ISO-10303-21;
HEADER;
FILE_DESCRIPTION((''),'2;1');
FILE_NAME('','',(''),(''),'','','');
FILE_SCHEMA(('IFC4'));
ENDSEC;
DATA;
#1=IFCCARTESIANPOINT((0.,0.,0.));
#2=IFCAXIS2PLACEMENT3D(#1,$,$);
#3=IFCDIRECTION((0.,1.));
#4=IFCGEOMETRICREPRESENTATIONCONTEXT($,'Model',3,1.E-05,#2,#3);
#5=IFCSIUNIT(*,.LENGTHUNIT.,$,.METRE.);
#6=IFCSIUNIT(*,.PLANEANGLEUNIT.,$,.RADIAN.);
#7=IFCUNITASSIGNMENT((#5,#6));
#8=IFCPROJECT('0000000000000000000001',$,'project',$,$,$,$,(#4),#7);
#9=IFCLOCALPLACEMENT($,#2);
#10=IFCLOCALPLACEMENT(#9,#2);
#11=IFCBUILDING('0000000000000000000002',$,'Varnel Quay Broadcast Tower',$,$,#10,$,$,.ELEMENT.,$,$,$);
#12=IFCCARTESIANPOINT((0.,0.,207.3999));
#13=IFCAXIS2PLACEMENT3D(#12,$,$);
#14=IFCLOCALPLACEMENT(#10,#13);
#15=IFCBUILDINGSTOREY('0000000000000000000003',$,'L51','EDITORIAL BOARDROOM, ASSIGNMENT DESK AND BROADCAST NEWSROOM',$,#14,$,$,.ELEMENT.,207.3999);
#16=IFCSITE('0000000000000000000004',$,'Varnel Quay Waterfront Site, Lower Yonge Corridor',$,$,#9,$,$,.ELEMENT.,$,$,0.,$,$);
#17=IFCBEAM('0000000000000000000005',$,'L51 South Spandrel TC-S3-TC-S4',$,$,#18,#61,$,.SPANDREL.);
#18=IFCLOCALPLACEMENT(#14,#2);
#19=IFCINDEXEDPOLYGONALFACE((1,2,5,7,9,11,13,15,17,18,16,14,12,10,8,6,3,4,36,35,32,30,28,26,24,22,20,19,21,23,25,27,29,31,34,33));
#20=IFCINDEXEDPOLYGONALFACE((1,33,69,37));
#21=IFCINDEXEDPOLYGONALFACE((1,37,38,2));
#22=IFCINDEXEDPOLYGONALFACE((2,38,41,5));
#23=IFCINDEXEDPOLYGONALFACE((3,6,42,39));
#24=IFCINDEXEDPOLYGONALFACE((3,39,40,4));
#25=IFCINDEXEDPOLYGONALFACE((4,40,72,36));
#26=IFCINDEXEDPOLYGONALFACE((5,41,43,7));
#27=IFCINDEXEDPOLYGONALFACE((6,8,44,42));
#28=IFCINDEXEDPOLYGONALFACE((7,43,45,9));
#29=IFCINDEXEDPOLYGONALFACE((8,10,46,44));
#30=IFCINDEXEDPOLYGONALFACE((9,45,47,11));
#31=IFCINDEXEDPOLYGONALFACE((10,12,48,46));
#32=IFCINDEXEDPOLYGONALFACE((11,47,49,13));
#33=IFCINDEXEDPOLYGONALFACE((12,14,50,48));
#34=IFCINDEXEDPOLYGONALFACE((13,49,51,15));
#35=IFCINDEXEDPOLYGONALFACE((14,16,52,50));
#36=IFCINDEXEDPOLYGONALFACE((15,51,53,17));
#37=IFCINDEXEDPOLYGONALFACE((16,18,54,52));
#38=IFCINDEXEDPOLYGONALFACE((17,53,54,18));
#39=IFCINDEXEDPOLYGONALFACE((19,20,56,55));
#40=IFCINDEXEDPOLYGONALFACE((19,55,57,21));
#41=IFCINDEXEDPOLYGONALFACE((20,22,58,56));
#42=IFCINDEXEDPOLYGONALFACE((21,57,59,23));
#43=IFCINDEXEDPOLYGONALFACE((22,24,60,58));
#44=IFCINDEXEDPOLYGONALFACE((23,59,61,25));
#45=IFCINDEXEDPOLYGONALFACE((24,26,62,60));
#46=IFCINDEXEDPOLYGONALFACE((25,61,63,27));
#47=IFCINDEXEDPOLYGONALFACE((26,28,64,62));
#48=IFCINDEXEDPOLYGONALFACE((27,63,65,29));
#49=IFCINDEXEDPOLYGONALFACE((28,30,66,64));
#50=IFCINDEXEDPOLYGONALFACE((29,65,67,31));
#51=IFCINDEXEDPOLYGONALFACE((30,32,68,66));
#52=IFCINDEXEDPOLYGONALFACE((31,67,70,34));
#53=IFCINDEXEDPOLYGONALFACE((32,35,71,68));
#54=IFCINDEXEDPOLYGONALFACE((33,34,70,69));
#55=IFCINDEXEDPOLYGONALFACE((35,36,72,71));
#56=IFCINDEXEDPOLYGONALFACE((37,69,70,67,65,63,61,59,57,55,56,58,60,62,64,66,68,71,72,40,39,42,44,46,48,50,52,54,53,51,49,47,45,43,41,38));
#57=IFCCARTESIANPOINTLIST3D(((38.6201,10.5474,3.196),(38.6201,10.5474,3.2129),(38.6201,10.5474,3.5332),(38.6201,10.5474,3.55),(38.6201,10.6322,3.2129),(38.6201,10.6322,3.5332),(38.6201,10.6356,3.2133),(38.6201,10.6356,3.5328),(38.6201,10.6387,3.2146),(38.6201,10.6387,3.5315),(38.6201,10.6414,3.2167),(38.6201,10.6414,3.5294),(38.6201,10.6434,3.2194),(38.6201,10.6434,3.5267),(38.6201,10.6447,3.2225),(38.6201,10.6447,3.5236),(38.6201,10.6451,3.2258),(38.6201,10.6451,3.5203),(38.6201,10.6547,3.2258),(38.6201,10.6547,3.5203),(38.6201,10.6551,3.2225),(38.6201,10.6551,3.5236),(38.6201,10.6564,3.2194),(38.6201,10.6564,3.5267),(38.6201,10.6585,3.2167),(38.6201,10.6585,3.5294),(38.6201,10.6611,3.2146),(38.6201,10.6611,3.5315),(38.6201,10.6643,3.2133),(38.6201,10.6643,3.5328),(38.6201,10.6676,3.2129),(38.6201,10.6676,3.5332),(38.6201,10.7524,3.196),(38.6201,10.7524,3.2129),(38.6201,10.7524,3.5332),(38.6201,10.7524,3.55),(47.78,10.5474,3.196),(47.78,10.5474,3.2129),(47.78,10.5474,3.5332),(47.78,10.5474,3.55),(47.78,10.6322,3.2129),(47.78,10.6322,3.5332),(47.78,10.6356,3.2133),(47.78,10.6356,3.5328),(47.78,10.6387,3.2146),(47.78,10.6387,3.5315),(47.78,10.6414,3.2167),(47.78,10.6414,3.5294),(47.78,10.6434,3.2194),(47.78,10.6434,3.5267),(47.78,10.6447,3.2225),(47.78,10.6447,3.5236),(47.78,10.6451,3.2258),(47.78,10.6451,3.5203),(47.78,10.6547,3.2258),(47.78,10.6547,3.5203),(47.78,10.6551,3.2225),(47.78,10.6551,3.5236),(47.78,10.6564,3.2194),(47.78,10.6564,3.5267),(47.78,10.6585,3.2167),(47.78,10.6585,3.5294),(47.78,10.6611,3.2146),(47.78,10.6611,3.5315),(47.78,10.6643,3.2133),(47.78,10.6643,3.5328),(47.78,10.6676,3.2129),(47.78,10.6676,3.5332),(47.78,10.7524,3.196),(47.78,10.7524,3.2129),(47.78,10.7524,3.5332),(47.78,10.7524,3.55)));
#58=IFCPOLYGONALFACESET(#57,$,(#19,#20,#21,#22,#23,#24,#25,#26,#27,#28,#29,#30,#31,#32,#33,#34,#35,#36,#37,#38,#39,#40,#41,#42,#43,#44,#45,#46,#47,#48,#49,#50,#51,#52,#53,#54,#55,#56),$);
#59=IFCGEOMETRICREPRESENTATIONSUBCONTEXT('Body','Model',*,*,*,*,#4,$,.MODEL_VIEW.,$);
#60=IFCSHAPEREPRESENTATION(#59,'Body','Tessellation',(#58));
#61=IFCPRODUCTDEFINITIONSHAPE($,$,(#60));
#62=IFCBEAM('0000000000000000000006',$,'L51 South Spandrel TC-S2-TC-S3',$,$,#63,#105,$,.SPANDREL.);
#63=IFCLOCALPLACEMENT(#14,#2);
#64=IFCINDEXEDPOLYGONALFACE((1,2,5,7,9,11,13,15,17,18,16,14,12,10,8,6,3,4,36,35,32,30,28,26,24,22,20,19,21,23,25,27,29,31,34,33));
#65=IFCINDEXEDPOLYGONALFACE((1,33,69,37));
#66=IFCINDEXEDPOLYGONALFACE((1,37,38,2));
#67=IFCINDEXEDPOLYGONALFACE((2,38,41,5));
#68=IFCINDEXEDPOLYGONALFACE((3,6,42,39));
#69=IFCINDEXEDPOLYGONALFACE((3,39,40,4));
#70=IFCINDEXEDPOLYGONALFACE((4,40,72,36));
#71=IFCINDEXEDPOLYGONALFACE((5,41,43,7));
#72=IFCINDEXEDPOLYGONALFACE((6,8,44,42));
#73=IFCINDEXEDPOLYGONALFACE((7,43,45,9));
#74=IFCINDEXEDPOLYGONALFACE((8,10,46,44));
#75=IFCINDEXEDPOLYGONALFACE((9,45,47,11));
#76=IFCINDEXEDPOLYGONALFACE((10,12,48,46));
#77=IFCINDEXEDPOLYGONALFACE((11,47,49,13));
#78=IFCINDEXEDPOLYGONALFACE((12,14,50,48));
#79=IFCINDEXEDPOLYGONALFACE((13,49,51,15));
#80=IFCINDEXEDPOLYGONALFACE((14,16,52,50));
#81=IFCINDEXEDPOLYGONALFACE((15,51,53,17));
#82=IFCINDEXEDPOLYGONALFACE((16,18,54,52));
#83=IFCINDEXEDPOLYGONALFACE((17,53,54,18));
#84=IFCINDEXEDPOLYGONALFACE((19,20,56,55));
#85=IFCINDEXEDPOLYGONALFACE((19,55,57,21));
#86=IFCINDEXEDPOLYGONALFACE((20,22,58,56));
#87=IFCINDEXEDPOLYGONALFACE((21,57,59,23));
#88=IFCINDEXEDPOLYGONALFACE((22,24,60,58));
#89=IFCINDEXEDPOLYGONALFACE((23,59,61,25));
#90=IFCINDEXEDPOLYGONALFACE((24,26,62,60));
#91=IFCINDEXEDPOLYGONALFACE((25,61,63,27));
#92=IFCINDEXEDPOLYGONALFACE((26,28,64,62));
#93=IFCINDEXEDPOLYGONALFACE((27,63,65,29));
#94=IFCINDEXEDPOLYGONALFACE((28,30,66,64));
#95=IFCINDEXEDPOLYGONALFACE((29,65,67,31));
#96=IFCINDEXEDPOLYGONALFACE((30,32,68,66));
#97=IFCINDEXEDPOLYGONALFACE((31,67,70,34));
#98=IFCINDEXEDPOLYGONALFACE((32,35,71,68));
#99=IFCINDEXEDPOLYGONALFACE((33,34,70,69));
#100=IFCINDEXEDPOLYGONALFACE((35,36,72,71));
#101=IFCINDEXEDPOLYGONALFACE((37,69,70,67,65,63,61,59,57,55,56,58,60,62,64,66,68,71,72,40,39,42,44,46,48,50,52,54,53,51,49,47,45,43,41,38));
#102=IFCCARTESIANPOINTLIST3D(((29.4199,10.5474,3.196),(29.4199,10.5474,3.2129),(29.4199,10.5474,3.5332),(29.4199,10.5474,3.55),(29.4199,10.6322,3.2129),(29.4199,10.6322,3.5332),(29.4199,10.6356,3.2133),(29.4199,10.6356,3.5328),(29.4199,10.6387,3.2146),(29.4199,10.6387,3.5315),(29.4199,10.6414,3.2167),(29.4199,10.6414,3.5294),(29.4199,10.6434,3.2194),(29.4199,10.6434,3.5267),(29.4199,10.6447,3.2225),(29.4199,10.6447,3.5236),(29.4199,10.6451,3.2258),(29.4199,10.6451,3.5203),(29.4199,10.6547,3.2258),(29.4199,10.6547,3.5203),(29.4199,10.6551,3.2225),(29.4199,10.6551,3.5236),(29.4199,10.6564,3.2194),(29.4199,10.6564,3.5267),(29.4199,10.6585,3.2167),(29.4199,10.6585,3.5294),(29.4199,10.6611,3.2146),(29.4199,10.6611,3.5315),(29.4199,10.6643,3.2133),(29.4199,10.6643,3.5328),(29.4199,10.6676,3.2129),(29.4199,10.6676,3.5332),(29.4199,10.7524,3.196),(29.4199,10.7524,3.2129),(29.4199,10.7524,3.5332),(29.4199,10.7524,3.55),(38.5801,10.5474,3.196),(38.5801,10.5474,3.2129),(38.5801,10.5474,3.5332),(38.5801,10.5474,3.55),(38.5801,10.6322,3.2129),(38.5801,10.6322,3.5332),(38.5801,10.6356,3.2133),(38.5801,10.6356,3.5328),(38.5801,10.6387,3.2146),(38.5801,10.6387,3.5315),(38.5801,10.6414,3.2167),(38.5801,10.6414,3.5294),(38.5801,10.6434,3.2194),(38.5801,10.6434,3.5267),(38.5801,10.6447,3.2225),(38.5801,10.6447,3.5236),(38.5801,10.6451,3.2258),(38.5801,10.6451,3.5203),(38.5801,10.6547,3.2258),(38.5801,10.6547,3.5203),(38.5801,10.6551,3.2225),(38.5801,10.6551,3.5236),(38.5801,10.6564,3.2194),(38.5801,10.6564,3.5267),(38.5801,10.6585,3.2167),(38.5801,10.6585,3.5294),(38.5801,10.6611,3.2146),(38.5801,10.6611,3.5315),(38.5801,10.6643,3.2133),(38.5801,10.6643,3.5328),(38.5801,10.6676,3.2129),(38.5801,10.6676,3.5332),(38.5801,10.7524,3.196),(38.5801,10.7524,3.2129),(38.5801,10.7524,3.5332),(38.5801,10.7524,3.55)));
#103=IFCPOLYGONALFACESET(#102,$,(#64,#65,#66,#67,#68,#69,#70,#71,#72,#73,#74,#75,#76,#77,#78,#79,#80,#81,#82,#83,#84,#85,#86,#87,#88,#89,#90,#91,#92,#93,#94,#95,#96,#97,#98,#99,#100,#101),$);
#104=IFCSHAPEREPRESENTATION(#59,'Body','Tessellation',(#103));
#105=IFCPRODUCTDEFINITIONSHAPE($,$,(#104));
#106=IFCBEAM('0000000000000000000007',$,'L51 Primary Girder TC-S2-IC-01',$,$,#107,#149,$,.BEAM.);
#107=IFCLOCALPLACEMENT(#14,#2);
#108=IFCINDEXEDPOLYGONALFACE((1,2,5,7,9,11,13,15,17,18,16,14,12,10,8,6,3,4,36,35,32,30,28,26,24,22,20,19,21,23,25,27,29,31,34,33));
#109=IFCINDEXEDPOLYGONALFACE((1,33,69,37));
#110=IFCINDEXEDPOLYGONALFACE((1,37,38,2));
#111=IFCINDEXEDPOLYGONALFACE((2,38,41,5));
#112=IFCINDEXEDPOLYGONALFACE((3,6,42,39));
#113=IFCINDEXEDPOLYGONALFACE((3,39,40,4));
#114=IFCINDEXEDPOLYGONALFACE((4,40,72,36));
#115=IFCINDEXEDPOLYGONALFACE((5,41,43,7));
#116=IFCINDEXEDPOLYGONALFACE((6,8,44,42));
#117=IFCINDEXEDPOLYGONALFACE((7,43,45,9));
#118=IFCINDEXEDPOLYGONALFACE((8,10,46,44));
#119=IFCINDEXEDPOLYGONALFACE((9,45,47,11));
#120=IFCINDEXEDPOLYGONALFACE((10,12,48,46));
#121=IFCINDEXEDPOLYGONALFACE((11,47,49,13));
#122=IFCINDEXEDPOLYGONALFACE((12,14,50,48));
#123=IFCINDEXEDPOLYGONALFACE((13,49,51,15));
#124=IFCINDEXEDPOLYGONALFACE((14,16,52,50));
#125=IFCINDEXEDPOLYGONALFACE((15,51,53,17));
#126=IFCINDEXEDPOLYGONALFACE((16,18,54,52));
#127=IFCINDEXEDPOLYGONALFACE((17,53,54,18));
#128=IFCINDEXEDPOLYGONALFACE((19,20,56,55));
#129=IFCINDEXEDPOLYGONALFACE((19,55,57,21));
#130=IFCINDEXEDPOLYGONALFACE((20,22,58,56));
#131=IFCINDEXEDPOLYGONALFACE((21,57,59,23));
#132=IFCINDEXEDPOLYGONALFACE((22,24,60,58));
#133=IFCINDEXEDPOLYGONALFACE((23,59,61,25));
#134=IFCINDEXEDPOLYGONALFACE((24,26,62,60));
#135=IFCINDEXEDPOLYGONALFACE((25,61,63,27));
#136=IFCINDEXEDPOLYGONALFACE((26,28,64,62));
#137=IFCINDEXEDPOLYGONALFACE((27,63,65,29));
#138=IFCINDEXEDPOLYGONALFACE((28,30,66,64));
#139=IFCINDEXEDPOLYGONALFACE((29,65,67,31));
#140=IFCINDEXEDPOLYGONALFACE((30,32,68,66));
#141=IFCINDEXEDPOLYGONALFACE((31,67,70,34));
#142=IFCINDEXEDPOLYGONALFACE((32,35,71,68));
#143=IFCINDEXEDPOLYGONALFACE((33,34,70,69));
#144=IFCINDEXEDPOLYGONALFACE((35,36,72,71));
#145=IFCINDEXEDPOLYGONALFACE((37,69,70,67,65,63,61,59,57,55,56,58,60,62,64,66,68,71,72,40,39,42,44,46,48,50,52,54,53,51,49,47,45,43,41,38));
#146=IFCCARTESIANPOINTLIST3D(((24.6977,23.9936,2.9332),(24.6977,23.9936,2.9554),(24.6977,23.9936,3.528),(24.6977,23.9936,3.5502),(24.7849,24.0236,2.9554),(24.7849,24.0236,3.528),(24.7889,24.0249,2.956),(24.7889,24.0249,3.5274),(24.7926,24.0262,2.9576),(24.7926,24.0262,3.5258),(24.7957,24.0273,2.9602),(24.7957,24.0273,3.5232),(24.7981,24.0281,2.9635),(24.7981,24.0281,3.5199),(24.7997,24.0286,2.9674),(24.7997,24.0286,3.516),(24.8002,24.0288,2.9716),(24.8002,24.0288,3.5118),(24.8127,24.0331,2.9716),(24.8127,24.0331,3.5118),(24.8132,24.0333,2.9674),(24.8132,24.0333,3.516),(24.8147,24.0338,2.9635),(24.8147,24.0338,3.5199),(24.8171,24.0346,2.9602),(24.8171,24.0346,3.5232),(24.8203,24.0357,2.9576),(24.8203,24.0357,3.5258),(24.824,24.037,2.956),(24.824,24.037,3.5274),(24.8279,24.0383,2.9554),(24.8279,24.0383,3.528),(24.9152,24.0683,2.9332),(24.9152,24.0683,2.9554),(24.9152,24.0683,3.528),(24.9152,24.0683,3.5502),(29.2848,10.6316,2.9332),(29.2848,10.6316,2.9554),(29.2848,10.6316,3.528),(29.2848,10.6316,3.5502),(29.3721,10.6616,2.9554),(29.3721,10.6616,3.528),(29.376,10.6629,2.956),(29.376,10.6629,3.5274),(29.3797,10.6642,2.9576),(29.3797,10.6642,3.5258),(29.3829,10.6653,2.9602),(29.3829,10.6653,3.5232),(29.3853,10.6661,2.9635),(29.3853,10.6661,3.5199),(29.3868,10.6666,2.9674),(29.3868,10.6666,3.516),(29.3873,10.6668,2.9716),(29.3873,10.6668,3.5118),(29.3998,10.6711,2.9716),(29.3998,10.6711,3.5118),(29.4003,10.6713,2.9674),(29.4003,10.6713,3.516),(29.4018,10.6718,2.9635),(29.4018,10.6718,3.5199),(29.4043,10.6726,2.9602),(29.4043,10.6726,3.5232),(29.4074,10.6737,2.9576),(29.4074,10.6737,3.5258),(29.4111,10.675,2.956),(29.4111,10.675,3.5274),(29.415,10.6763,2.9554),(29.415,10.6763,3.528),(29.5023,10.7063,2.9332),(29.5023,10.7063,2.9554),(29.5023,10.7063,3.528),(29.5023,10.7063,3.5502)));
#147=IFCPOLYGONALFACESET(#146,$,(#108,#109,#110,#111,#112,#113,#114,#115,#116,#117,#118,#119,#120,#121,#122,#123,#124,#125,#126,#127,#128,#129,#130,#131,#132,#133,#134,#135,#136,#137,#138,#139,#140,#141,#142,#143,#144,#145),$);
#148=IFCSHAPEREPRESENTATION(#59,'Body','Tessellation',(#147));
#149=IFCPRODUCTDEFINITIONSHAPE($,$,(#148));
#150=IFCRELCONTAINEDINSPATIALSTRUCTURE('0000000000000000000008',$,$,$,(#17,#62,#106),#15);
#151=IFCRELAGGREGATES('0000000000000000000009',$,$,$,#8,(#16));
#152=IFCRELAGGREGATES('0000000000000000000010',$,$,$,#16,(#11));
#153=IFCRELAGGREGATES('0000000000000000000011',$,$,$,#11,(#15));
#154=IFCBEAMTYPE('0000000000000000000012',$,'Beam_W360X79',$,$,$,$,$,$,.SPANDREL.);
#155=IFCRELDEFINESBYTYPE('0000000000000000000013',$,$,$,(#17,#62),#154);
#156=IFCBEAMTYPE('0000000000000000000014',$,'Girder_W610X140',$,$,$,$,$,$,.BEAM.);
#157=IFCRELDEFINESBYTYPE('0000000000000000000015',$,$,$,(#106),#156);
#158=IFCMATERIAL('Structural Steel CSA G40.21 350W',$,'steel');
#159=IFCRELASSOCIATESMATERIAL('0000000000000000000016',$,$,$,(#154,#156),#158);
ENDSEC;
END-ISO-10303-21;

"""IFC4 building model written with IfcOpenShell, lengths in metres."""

from ifc_helpers import new_model, si_unit, direction, frame, origin, origin_2d, place, context, subcontext, project, spatial, i_section, extrude, source, transform, mapped, material, material_profile, profile_set, type_object, type_shapes, element, save


model = new_model("IFC4")

# Units and contexts
model_context = context("Model", 3, precision=1e-05, world=origin(), true_north=direction((0.0, 1.0)))
body_context = subcontext(model_context, "Body", "Model", "MODEL_VIEW")
ifc_project = project(units=[si_unit("LENGTHUNIT", "METRE"), si_unit("PLANEANGLEUNIT", "RADIAN")], contexts=[model_context])

# Site, building, storey
site_placement = place(None, origin())
site = spatial("IfcSite", under=ifc_project, at=site_placement, Name="Varnel Quay Waterfront Site, Lower Yonge Corridor", CompositionType="ELEMENT", RefElevation=0.0)
building_placement = place(site_placement, origin())
building = spatial("IfcBuilding", under=site, at=building_placement, Name="Varnel Quay Broadcast Tower", CompositionType="ELEMENT")
storey_placement = place(building_placement, frame((0.0, 0.0, 207.3999)))
storey = spatial("IfcBuildingStorey", under=building, at=storey_placement, Name="L51", Description="EDITORIAL BOARDROOM, ASSIGNMENT DESK AND BROADCAST NEWSROOM", CompositionType="ELEMENT", Elevation=207.3999)

# Shared definitions
ifc_material_1 = material(Name="Structural Steel CSA G40.21 350W", Category="steel")

# Beams
ifc_material_profile_1 = material_profile(ifc_material_1, i_section(OverallWidth=0.2051, OverallDepth=0.354, WebThickness=0.0095, FlangeThickness=0.0168, FilletRadius=0.0129, at=origin_2d()), Name="W360X79")
ifc_profile_set_1 = profile_set([ifc_material_profile_1], Name="Structural Steel CSA G40.21 350W")
beam_type_1 = type_object("IfcBeamType", Name="Beam_W360X79", PredefinedType="SPANDREL", material=ifc_profile_set_1)
shared_shape_1 = source(origin(), body_context, "Body", "SweptSolid", [
    extrude(i_section(OverallWidth=0.2051, OverallDepth=0.354, WebThickness=0.0095, FlangeThickness=0.0168, FilletRadius=0.0129, at=origin_2d()), origin(), (0.0, 0.0, 1.0), 9.1599),
])
beam_1_placement = place(storey_placement, frame((38.6201, 10.6499, 3.373), z_axis=(1.0, 0.0, 0.0), x_axis=(0.0, 1.0, 0.0)))
element("IfcBeam", 1, at=beam_1_placement, inside=storey, type_object=beam_type_1, Name="L51 South Spandrel TC-S3-TC-S4", PredefinedType="SPANDREL", context=body_context, shape_type="MappedRepresentation", body=[
    mapped(shared_shape_1, transform((0.0, 0.0, 0.0), x_axis=(1.0, 0.0, 0.0), y_axis=(0.0, 1.0, 0.0), z_axis=(0.0, 0.0, 1.0), scale=1.0)),
])
shared_shape_2 = source(origin(), body_context, "Body", "SweptSolid", [
    extrude(i_section(OverallWidth=0.2051, OverallDepth=0.354, WebThickness=0.0095, FlangeThickness=0.0168, FilletRadius=0.0129, at=origin_2d()), origin(), (0.0, 0.0, 1.0), 9.1602),
])
type_shapes(beam_type_1, [shared_shape_1, shared_shape_2])
beam_2_placement = place(storey_placement, frame((29.4199, 10.6499, 3.373), z_axis=(1.0, 0.0, 0.0), x_axis=(0.0, 1.0, 0.0)))
element("IfcBeam", 2, at=beam_2_placement, inside=storey, type_object=beam_type_1, Name="L51 South Spandrel TC-S2-TC-S3", PredefinedType="SPANDREL", context=body_context, shape_type="MappedRepresentation", body=[
    mapped(shared_shape_2, transform((0.0, 0.0, 0.0), x_axis=(1.0, 0.0, 0.0), y_axis=(0.0, 1.0, 0.0), z_axis=(0.0, 0.0, 1.0), scale=1.0)),
])
ifc_material_profile_2 = material_profile(ifc_material_1, i_section(OverallWidth=0.23, OverallDepth=0.6169, WebThickness=0.0132, FlangeThickness=0.0222, FilletRadius=0.0161, at=origin_2d()), Name="W610X140")
ifc_profile_set_2 = profile_set([ifc_material_profile_2], Name="Structural Steel CSA G40.21 350W")
beam_type_2 = type_object("IfcBeamType", Name="Girder_W610X140", PredefinedType="BEAM", material=ifc_profile_set_2)
shared_shape_3 = source(origin(), body_context, "Body", "SweptSolid", [
    extrude(i_section(OverallWidth=0.23, OverallDepth=0.6169, WebThickness=0.0132, FlangeThickness=0.0222, FilletRadius=0.0161, at=origin_2d()), origin(), (0.0, 0.0, 1.0), 14.1274),
])
beam_3_placement = place(storey_placement, frame((29.3936, 10.6689, 3.2417), z_axis=(-0.324697, 0.945818, 0.0), x_axis=(-0.945818, -0.324697, 0.0)))
element("IfcBeam", 3, at=beam_3_placement, inside=storey, type_object=beam_type_2, Name="L51 Primary Girder TC-S2-IC-01", PredefinedType="BEAM", context=body_context, shape_type="MappedRepresentation", body=[
    mapped(shared_shape_3, transform((0.0, 0.0, 0.0), x_axis=(1.0, 0.0, 0.0), y_axis=(0.0, 1.0, 0.0), z_axis=(0.0, 0.0, 1.0), scale=1.0)),
])

save(model, "model.ifc")
